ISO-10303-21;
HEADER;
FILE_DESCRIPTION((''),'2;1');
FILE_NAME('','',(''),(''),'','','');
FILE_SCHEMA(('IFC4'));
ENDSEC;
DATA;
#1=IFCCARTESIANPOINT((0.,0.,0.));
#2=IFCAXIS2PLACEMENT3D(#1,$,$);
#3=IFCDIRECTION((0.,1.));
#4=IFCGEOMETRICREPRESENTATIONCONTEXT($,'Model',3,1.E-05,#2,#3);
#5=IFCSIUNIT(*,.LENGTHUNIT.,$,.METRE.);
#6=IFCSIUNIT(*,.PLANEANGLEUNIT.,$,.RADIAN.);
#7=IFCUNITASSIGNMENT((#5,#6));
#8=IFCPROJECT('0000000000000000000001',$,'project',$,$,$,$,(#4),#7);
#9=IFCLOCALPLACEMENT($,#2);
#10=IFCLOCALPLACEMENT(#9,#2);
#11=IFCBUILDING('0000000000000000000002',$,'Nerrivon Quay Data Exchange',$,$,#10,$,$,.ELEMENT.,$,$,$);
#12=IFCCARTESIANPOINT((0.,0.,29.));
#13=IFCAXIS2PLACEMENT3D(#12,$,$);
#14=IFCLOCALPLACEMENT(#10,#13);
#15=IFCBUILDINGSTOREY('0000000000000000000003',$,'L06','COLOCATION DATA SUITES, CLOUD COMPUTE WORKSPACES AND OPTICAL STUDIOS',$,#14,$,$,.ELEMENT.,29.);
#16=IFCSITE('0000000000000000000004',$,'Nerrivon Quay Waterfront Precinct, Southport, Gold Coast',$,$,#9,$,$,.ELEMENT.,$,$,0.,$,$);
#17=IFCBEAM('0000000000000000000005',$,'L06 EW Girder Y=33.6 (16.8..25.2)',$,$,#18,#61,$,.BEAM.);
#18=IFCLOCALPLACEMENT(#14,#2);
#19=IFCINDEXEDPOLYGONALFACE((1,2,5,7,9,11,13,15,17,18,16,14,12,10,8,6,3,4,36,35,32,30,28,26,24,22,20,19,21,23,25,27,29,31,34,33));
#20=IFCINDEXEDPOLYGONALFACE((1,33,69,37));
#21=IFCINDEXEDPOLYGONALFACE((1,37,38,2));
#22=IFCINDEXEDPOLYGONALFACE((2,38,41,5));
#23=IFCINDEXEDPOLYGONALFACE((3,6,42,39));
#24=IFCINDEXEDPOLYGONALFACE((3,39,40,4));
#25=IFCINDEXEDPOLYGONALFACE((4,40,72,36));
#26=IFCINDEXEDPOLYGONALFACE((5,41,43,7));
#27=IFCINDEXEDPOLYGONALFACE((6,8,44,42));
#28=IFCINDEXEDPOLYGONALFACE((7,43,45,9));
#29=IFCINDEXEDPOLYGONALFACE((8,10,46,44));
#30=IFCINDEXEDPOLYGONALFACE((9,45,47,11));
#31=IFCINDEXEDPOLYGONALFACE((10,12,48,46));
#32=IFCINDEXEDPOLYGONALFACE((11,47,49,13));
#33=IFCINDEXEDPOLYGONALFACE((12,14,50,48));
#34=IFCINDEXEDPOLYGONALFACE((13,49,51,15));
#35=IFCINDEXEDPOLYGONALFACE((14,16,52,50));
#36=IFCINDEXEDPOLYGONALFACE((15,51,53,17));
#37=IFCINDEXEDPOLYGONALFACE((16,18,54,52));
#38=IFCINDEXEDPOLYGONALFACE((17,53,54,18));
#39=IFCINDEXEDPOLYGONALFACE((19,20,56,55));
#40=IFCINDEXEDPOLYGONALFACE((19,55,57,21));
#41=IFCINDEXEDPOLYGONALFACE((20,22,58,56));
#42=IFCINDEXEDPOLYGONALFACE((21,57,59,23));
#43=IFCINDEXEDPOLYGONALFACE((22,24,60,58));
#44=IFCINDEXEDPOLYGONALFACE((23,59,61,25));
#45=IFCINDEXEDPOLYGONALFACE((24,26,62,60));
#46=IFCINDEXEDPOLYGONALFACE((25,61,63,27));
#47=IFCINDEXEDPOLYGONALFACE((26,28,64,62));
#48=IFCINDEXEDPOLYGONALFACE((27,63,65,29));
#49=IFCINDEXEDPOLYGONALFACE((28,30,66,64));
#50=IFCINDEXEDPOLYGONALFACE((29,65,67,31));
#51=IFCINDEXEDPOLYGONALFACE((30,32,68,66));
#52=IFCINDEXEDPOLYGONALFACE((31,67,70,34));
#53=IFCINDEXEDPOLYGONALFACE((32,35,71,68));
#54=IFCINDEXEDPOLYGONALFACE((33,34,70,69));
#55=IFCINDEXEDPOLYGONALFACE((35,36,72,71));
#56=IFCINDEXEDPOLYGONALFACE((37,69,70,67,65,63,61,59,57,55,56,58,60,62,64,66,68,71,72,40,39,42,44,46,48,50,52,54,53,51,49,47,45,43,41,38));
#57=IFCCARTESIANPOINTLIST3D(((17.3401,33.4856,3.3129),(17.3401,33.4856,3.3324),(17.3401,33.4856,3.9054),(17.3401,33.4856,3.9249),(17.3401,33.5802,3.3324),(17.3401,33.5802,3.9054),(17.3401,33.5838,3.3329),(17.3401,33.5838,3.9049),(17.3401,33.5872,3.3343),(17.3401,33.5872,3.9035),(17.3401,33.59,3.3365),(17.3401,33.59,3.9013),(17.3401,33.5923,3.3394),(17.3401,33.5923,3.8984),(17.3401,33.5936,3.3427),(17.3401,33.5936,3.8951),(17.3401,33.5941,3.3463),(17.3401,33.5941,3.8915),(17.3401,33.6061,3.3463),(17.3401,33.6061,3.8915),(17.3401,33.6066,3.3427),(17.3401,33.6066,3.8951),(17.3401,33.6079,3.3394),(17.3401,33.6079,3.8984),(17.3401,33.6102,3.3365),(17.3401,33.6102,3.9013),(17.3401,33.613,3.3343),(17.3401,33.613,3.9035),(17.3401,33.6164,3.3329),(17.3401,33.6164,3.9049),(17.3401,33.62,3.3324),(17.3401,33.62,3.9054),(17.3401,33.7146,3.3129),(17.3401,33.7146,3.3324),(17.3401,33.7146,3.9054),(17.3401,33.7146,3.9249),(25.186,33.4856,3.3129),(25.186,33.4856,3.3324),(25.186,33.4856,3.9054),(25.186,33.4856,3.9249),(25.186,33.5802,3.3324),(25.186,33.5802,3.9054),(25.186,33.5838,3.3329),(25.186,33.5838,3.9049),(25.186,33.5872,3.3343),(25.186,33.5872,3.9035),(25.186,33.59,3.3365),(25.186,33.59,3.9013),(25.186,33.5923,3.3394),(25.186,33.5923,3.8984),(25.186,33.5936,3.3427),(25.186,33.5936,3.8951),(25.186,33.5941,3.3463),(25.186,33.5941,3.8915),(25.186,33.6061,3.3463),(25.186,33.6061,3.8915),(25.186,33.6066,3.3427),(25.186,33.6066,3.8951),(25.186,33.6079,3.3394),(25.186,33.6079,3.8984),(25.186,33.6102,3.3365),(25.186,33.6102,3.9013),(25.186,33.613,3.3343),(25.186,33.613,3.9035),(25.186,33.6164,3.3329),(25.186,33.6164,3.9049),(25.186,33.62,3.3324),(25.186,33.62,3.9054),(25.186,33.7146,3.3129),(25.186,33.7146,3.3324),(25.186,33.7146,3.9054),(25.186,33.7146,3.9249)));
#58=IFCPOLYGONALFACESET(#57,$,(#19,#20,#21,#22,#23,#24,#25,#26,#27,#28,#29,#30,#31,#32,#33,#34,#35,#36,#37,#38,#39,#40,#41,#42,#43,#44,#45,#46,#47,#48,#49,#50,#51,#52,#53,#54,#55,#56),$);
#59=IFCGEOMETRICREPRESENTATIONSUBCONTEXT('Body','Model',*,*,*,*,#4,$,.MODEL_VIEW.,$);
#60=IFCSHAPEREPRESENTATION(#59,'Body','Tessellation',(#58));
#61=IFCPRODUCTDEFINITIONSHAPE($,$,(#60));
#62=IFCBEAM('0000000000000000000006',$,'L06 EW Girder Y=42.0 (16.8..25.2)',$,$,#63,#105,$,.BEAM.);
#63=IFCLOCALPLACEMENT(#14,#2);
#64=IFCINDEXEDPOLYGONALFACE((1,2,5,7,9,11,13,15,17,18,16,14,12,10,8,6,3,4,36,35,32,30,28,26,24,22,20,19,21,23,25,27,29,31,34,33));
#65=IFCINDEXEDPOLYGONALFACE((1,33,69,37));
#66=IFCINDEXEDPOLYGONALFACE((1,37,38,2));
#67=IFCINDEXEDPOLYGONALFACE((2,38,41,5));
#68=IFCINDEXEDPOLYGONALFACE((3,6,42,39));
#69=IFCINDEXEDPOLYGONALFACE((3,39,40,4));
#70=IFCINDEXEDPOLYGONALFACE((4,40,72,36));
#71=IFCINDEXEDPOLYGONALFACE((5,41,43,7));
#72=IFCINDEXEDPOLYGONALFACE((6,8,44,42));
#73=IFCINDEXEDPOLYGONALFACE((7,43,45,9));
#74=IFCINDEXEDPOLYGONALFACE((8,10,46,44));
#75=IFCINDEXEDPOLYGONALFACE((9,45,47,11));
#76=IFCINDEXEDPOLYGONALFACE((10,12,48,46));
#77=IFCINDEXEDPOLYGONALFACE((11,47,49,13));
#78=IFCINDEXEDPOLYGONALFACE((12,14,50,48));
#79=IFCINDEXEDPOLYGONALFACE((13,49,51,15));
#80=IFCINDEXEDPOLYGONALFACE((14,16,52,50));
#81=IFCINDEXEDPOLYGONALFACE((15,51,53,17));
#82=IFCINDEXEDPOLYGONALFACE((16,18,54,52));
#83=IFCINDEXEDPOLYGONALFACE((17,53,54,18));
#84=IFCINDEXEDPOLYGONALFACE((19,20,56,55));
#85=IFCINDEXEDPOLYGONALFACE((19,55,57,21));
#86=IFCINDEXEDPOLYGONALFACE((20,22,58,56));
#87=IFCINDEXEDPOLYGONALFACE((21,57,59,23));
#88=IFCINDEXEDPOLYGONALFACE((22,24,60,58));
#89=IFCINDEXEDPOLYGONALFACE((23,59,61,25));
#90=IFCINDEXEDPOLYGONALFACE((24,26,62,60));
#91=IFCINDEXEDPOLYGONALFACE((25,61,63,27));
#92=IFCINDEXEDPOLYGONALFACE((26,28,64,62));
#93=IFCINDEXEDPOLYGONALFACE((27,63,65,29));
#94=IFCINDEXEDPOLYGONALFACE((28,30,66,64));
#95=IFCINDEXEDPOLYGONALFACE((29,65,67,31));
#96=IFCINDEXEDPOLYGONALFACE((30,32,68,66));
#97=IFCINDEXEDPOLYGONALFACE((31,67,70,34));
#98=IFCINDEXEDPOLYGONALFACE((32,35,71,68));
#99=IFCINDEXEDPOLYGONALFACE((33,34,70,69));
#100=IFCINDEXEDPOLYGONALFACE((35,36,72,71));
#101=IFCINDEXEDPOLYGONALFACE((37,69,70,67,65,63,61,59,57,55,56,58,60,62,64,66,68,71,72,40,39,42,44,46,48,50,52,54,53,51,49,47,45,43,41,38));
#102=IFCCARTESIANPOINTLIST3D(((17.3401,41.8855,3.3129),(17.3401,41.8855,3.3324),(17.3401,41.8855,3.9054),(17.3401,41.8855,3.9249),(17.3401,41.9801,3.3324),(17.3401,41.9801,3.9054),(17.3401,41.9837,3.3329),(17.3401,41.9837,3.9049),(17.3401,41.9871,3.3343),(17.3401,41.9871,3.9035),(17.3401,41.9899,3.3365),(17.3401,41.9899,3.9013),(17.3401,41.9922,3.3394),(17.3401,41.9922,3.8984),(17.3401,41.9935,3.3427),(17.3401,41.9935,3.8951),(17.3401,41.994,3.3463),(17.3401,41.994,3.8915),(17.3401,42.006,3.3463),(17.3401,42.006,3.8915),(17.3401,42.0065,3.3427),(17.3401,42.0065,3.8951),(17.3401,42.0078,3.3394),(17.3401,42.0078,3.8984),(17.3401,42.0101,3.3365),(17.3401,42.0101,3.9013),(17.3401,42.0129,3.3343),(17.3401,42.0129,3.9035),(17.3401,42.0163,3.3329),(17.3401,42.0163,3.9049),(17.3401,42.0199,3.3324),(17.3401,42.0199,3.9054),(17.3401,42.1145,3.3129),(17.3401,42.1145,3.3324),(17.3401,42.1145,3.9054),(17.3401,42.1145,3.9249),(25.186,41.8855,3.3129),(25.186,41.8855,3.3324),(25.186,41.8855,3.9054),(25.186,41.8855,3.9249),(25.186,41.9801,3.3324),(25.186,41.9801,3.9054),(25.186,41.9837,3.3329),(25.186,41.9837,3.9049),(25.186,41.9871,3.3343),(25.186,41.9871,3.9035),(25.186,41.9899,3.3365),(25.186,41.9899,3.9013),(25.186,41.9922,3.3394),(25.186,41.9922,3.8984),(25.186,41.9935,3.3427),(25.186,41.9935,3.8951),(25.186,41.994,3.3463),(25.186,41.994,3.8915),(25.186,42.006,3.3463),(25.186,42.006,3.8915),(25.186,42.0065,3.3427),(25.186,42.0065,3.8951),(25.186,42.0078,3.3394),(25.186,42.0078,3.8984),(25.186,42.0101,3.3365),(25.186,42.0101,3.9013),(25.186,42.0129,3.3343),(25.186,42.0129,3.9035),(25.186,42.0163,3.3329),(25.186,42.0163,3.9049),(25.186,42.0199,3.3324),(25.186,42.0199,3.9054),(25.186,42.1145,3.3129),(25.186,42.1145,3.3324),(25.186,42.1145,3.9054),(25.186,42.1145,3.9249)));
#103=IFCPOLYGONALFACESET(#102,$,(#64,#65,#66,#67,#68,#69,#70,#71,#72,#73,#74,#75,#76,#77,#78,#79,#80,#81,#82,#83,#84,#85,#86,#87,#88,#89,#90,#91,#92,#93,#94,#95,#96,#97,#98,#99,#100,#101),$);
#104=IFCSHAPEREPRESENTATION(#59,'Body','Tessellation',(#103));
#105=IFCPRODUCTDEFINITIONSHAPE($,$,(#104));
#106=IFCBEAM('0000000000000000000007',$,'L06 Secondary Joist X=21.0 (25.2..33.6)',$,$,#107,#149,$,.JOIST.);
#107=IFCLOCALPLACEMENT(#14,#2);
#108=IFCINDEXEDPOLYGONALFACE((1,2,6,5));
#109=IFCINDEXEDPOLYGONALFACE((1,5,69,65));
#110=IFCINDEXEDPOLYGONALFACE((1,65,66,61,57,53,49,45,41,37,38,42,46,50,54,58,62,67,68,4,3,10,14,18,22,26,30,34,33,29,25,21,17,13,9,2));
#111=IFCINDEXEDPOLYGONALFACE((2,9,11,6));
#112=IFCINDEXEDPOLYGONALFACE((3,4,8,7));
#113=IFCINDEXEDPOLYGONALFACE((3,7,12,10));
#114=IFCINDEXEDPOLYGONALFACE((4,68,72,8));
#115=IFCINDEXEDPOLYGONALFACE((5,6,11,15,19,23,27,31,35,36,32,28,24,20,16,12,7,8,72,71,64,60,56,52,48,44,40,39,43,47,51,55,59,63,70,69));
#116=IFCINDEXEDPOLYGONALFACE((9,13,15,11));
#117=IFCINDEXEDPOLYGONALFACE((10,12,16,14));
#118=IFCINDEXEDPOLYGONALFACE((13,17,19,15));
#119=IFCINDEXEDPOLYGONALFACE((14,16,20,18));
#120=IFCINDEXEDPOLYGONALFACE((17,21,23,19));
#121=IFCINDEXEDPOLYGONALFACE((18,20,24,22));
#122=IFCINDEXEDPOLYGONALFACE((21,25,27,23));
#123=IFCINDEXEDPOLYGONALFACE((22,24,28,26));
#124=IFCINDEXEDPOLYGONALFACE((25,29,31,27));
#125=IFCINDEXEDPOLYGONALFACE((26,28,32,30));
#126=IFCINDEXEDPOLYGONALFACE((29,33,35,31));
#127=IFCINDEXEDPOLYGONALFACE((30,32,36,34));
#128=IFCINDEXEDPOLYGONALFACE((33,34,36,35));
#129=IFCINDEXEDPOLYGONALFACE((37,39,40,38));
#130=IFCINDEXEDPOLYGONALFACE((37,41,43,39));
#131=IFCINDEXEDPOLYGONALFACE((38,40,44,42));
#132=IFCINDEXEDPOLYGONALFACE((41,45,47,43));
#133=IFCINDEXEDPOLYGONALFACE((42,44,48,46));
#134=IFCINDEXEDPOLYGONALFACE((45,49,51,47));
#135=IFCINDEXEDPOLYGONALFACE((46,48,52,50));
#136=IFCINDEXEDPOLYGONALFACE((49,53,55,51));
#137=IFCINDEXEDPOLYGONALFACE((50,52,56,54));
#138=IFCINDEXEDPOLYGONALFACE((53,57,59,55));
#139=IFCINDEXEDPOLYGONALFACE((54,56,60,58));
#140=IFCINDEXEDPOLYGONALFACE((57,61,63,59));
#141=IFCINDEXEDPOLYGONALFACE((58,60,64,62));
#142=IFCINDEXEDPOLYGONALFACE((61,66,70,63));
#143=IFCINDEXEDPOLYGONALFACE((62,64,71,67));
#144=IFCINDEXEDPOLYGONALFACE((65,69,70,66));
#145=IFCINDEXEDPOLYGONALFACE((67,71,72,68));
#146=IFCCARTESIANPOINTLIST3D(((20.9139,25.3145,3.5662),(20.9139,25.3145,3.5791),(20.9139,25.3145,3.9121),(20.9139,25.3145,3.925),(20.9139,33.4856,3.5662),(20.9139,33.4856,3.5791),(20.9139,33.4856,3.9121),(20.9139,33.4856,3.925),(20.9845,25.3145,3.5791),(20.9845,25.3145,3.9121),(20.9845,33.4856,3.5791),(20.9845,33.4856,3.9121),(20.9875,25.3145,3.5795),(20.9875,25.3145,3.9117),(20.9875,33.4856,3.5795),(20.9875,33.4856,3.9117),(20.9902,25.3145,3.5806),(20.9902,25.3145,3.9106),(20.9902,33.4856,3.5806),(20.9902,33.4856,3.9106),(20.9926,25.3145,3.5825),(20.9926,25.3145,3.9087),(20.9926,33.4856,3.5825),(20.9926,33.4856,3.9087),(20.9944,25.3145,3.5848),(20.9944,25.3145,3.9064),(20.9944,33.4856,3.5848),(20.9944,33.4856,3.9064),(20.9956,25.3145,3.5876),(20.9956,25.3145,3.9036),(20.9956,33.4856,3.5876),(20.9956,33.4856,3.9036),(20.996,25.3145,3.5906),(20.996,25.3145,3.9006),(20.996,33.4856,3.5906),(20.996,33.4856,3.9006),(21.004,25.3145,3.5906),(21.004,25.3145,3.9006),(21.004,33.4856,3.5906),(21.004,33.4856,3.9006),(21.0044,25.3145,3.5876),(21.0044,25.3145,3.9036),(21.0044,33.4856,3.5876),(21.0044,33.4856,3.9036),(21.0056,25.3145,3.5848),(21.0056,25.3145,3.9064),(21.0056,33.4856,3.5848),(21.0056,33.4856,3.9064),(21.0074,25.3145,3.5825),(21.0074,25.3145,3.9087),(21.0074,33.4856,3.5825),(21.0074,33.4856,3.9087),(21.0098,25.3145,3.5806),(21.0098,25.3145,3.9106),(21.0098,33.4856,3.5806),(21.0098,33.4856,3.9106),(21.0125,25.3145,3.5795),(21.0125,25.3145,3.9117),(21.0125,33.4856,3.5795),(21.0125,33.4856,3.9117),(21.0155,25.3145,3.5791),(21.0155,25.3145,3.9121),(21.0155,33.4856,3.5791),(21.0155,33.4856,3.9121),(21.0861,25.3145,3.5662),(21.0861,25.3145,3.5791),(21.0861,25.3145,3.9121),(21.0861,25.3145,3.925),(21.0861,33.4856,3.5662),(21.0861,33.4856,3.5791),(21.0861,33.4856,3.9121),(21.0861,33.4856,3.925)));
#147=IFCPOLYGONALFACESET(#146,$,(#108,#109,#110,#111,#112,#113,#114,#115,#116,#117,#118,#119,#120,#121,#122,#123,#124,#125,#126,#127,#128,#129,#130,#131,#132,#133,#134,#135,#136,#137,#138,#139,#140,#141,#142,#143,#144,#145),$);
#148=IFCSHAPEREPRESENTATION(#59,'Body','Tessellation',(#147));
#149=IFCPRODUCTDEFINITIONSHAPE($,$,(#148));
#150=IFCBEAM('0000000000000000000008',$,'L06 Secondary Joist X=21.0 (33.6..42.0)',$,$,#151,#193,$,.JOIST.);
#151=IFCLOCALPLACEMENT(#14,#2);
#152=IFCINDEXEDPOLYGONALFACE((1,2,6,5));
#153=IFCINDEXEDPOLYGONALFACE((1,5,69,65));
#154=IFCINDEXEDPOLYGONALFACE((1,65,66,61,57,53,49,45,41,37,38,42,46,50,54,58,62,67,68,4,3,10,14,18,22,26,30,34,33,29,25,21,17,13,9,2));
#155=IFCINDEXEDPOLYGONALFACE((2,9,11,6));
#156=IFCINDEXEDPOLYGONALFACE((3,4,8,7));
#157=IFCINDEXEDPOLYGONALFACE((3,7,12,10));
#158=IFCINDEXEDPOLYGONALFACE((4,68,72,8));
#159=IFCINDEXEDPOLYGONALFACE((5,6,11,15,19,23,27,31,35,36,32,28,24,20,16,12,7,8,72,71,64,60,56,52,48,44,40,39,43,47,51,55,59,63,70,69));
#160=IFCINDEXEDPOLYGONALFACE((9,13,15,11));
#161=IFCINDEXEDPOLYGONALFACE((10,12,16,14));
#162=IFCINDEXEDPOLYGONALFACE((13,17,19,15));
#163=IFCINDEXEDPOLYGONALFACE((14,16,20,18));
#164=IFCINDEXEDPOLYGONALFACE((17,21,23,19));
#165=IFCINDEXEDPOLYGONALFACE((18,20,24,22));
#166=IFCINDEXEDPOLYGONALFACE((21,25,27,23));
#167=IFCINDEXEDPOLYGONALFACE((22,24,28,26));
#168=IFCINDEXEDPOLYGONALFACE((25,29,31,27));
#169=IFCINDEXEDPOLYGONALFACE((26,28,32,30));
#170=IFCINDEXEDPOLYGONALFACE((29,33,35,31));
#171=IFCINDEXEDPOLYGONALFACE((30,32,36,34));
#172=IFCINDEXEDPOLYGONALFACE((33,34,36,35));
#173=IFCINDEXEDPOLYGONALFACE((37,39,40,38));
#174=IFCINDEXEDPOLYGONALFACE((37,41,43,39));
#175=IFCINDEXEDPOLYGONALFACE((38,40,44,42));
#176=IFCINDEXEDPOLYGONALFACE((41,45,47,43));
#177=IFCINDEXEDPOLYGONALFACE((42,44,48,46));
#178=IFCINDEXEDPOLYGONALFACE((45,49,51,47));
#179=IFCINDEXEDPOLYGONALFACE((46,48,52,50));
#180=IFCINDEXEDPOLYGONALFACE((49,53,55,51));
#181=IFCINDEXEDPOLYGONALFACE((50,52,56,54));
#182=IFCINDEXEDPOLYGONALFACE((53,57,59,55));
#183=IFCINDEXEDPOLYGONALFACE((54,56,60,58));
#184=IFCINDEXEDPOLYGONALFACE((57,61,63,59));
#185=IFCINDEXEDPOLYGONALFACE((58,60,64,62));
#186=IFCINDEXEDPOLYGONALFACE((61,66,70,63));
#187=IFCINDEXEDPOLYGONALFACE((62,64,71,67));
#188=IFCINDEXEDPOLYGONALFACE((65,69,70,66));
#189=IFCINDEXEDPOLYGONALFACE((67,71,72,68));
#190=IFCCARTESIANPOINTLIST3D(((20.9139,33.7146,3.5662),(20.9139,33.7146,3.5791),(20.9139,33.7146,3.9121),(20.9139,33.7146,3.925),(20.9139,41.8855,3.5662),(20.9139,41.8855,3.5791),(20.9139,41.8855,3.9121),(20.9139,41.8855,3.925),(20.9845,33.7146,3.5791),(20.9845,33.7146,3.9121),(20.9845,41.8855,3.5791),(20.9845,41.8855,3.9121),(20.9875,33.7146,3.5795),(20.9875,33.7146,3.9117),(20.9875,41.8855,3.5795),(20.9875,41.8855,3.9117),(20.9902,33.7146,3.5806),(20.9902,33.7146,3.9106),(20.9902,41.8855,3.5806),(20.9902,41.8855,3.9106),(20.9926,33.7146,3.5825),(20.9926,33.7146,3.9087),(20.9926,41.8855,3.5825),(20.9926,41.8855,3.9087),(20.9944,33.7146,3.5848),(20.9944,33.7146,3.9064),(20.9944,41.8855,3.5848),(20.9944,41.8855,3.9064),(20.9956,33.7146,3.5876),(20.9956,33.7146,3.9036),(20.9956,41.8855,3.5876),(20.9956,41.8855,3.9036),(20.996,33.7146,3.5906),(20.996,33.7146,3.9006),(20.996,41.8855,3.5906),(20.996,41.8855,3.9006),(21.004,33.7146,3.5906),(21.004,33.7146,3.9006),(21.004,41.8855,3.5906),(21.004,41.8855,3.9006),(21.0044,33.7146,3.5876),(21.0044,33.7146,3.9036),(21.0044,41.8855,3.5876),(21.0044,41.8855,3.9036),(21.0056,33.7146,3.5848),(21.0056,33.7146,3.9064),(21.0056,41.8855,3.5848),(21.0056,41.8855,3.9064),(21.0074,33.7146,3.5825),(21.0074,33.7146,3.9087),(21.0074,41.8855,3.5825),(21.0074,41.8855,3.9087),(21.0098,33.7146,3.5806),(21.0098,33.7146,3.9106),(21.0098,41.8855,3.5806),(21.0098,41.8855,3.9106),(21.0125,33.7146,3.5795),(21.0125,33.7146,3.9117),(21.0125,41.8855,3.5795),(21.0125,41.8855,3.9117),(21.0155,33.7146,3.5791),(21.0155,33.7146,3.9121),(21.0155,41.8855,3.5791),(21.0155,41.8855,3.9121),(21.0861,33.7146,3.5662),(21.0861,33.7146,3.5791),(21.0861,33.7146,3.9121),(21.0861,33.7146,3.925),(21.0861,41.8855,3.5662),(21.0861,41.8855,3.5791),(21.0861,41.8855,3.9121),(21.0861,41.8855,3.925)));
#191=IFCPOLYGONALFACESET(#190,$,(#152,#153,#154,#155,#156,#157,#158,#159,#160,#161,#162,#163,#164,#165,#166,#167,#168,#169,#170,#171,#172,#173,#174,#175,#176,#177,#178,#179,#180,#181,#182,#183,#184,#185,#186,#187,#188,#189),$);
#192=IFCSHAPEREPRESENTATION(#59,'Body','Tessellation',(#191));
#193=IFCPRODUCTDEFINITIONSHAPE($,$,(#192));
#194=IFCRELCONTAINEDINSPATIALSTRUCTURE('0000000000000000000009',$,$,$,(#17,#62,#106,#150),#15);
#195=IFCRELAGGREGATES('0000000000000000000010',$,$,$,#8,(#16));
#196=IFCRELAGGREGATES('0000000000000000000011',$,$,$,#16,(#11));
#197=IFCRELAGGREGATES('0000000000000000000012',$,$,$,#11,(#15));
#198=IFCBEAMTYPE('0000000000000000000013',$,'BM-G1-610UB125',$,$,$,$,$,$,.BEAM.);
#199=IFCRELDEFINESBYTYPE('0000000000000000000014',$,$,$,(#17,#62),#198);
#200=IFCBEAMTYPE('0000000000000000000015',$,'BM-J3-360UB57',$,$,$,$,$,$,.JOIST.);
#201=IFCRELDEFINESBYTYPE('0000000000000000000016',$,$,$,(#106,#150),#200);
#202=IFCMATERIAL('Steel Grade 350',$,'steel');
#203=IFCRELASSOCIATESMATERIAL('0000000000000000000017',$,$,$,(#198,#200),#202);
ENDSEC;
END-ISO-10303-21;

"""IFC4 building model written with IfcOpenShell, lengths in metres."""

from ifc_helpers import new_model, si_unit, direction, frame, origin, origin_2d, place, context, subcontext, project, spatial, i_section, extrude, material, material_profile, profile_set, type_object, element, save


model = new_model("IFC4")

# Units and contexts
model_context = context("Model", 3, precision=1e-05, world=origin(), true_north=direction((0.0, 1.0)))
body_context = subcontext(model_context, "Body", "Model", "MODEL_VIEW")
ifc_project = project(units=[si_unit("LENGTHUNIT", "METRE"), si_unit("PLANEANGLEUNIT", "RADIAN")], contexts=[model_context])

# Site, building, storey
site_placement = place(None, origin())
site = spatial("IfcSite", under=ifc_project, at=site_placement, Name="Nerrivon Quay Waterfront Precinct, Southport, Gold Coast", CompositionType="ELEMENT", RefElevation=0.0)
building_placement = place(site_placement, origin())
building = spatial("IfcBuilding", under=site, at=building_placement, Name="Nerrivon Quay Data Exchange", CompositionType="ELEMENT")
storey_placement = place(building_placement, frame((0.0, 0.0, 29.0)))
storey = spatial("IfcBuildingStorey", under=building, at=storey_placement, Name="L06", Description="COLOCATION DATA SUITES, CLOUD COMPUTE WORKSPACES AND OPTICAL STUDIOS", CompositionType="ELEMENT", Elevation=29.0)

# Beams
ifc_material_1 = material(Name="Steel Grade 350", Category="steel")
ifc_material_profile_1 = material_profile(ifc_material_1, i_section(OverallWidth=0.229, OverallDepth=0.6121, WebThickness=0.012, FlangeThickness=0.0195, FilletRadius=0.0139, at=origin_2d()), Name="610UB125")
ifc_profile_set_1 = profile_set([ifc_material_profile_1], Name="Steel Grade 350")
beam_type_1 = type_object("IfcBeamType", Name="BM-G1-610UB125", PredefinedType="BEAM", material=ifc_profile_set_1)
for number, where, z_axis, x_axis, name in (
    (1, (17.3401, 33.6001, 3.6189), (1.0, 0.0, 0.0), (0.0, 1.0, 0.0), "L06 EW Girder Y=33.6 (16.8..25.2)"),
    (2, (17.3401, 42.0, 3.6189), (1.0, 0.0, 0.0), (0.0, 1.0, 0.0), "L06 EW Girder Y=42.0 (16.8..25.2)"),
):
    element("IfcBeam", number, at=place(storey_placement, frame(where, z_axis=z_axis, x_axis=x_axis)), inside=storey, type_object=beam_type_1, Name=name, PredefinedType="BEAM", context=body_context, shape_type="SweptSolid", body=[
        extrude(i_section(OverallWidth=0.229, OverallDepth=0.6121, WebThickness=0.012, FlangeThickness=0.0195, FilletRadius=0.0139, at=origin_2d()), origin(), (0.0, 0.0, 1.0), 7.8459),
    ])
ifc_material_profile_2 = material_profile(ifc_material_1, i_section(OverallWidth=0.1721, OverallDepth=0.3589, WebThickness=0.0081, FlangeThickness=0.0129, FilletRadius=0.0115, at=origin_2d()), Name="360UB56.7")
ifc_profile_set_2 = profile_set([ifc_material_profile_2], Name="Steel Grade 350")
beam_type_2 = type_object("IfcBeamType", Name="BM-J3-360UB57", PredefinedType="JOIST", material=ifc_profile_set_2)
beam_1_placement = place(storey_placement, frame((21.0, 25.3145, 3.7456), z_axis=(0.0, 1.0, 0.0), x_axis=(-1.0, 0.0, 0.0)))
element("IfcBeam", 3, at=beam_1_placement, inside=storey, type_object=beam_type_2, Name="L06 Secondary Joist X=21.0 (25.2..33.6)", PredefinedType="JOIST", context=body_context, shape_type="SweptSolid", body=[
    extrude(i_section(OverallWidth=0.1721, OverallDepth=0.3589, WebThickness=0.0081, FlangeThickness=0.0129, FilletRadius=0.0115, at=origin_2d()), origin(), (0.0, 0.0, 1.0), 8.1711),
])
beam_2_placement = place(storey_placement, frame((21.0, 33.7146, 3.7456), z_axis=(0.0, 1.0, 0.0), x_axis=(-1.0, 0.0, 0.0)))
element("IfcBeam", 4, at=beam_2_placement, inside=storey, type_object=beam_type_2, Name="L06 Secondary Joist X=21.0 (33.6..42.0)", PredefinedType="JOIST", context=body_context, shape_type="SweptSolid", body=[
    extrude(i_section(OverallWidth=0.1721, OverallDepth=0.3589, WebThickness=0.0081, FlangeThickness=0.0129, FilletRadius=0.0115, at=origin_2d()), origin(), (0.0, 0.0, 1.0), 8.1709),
])

save(model, "model.ifc")
